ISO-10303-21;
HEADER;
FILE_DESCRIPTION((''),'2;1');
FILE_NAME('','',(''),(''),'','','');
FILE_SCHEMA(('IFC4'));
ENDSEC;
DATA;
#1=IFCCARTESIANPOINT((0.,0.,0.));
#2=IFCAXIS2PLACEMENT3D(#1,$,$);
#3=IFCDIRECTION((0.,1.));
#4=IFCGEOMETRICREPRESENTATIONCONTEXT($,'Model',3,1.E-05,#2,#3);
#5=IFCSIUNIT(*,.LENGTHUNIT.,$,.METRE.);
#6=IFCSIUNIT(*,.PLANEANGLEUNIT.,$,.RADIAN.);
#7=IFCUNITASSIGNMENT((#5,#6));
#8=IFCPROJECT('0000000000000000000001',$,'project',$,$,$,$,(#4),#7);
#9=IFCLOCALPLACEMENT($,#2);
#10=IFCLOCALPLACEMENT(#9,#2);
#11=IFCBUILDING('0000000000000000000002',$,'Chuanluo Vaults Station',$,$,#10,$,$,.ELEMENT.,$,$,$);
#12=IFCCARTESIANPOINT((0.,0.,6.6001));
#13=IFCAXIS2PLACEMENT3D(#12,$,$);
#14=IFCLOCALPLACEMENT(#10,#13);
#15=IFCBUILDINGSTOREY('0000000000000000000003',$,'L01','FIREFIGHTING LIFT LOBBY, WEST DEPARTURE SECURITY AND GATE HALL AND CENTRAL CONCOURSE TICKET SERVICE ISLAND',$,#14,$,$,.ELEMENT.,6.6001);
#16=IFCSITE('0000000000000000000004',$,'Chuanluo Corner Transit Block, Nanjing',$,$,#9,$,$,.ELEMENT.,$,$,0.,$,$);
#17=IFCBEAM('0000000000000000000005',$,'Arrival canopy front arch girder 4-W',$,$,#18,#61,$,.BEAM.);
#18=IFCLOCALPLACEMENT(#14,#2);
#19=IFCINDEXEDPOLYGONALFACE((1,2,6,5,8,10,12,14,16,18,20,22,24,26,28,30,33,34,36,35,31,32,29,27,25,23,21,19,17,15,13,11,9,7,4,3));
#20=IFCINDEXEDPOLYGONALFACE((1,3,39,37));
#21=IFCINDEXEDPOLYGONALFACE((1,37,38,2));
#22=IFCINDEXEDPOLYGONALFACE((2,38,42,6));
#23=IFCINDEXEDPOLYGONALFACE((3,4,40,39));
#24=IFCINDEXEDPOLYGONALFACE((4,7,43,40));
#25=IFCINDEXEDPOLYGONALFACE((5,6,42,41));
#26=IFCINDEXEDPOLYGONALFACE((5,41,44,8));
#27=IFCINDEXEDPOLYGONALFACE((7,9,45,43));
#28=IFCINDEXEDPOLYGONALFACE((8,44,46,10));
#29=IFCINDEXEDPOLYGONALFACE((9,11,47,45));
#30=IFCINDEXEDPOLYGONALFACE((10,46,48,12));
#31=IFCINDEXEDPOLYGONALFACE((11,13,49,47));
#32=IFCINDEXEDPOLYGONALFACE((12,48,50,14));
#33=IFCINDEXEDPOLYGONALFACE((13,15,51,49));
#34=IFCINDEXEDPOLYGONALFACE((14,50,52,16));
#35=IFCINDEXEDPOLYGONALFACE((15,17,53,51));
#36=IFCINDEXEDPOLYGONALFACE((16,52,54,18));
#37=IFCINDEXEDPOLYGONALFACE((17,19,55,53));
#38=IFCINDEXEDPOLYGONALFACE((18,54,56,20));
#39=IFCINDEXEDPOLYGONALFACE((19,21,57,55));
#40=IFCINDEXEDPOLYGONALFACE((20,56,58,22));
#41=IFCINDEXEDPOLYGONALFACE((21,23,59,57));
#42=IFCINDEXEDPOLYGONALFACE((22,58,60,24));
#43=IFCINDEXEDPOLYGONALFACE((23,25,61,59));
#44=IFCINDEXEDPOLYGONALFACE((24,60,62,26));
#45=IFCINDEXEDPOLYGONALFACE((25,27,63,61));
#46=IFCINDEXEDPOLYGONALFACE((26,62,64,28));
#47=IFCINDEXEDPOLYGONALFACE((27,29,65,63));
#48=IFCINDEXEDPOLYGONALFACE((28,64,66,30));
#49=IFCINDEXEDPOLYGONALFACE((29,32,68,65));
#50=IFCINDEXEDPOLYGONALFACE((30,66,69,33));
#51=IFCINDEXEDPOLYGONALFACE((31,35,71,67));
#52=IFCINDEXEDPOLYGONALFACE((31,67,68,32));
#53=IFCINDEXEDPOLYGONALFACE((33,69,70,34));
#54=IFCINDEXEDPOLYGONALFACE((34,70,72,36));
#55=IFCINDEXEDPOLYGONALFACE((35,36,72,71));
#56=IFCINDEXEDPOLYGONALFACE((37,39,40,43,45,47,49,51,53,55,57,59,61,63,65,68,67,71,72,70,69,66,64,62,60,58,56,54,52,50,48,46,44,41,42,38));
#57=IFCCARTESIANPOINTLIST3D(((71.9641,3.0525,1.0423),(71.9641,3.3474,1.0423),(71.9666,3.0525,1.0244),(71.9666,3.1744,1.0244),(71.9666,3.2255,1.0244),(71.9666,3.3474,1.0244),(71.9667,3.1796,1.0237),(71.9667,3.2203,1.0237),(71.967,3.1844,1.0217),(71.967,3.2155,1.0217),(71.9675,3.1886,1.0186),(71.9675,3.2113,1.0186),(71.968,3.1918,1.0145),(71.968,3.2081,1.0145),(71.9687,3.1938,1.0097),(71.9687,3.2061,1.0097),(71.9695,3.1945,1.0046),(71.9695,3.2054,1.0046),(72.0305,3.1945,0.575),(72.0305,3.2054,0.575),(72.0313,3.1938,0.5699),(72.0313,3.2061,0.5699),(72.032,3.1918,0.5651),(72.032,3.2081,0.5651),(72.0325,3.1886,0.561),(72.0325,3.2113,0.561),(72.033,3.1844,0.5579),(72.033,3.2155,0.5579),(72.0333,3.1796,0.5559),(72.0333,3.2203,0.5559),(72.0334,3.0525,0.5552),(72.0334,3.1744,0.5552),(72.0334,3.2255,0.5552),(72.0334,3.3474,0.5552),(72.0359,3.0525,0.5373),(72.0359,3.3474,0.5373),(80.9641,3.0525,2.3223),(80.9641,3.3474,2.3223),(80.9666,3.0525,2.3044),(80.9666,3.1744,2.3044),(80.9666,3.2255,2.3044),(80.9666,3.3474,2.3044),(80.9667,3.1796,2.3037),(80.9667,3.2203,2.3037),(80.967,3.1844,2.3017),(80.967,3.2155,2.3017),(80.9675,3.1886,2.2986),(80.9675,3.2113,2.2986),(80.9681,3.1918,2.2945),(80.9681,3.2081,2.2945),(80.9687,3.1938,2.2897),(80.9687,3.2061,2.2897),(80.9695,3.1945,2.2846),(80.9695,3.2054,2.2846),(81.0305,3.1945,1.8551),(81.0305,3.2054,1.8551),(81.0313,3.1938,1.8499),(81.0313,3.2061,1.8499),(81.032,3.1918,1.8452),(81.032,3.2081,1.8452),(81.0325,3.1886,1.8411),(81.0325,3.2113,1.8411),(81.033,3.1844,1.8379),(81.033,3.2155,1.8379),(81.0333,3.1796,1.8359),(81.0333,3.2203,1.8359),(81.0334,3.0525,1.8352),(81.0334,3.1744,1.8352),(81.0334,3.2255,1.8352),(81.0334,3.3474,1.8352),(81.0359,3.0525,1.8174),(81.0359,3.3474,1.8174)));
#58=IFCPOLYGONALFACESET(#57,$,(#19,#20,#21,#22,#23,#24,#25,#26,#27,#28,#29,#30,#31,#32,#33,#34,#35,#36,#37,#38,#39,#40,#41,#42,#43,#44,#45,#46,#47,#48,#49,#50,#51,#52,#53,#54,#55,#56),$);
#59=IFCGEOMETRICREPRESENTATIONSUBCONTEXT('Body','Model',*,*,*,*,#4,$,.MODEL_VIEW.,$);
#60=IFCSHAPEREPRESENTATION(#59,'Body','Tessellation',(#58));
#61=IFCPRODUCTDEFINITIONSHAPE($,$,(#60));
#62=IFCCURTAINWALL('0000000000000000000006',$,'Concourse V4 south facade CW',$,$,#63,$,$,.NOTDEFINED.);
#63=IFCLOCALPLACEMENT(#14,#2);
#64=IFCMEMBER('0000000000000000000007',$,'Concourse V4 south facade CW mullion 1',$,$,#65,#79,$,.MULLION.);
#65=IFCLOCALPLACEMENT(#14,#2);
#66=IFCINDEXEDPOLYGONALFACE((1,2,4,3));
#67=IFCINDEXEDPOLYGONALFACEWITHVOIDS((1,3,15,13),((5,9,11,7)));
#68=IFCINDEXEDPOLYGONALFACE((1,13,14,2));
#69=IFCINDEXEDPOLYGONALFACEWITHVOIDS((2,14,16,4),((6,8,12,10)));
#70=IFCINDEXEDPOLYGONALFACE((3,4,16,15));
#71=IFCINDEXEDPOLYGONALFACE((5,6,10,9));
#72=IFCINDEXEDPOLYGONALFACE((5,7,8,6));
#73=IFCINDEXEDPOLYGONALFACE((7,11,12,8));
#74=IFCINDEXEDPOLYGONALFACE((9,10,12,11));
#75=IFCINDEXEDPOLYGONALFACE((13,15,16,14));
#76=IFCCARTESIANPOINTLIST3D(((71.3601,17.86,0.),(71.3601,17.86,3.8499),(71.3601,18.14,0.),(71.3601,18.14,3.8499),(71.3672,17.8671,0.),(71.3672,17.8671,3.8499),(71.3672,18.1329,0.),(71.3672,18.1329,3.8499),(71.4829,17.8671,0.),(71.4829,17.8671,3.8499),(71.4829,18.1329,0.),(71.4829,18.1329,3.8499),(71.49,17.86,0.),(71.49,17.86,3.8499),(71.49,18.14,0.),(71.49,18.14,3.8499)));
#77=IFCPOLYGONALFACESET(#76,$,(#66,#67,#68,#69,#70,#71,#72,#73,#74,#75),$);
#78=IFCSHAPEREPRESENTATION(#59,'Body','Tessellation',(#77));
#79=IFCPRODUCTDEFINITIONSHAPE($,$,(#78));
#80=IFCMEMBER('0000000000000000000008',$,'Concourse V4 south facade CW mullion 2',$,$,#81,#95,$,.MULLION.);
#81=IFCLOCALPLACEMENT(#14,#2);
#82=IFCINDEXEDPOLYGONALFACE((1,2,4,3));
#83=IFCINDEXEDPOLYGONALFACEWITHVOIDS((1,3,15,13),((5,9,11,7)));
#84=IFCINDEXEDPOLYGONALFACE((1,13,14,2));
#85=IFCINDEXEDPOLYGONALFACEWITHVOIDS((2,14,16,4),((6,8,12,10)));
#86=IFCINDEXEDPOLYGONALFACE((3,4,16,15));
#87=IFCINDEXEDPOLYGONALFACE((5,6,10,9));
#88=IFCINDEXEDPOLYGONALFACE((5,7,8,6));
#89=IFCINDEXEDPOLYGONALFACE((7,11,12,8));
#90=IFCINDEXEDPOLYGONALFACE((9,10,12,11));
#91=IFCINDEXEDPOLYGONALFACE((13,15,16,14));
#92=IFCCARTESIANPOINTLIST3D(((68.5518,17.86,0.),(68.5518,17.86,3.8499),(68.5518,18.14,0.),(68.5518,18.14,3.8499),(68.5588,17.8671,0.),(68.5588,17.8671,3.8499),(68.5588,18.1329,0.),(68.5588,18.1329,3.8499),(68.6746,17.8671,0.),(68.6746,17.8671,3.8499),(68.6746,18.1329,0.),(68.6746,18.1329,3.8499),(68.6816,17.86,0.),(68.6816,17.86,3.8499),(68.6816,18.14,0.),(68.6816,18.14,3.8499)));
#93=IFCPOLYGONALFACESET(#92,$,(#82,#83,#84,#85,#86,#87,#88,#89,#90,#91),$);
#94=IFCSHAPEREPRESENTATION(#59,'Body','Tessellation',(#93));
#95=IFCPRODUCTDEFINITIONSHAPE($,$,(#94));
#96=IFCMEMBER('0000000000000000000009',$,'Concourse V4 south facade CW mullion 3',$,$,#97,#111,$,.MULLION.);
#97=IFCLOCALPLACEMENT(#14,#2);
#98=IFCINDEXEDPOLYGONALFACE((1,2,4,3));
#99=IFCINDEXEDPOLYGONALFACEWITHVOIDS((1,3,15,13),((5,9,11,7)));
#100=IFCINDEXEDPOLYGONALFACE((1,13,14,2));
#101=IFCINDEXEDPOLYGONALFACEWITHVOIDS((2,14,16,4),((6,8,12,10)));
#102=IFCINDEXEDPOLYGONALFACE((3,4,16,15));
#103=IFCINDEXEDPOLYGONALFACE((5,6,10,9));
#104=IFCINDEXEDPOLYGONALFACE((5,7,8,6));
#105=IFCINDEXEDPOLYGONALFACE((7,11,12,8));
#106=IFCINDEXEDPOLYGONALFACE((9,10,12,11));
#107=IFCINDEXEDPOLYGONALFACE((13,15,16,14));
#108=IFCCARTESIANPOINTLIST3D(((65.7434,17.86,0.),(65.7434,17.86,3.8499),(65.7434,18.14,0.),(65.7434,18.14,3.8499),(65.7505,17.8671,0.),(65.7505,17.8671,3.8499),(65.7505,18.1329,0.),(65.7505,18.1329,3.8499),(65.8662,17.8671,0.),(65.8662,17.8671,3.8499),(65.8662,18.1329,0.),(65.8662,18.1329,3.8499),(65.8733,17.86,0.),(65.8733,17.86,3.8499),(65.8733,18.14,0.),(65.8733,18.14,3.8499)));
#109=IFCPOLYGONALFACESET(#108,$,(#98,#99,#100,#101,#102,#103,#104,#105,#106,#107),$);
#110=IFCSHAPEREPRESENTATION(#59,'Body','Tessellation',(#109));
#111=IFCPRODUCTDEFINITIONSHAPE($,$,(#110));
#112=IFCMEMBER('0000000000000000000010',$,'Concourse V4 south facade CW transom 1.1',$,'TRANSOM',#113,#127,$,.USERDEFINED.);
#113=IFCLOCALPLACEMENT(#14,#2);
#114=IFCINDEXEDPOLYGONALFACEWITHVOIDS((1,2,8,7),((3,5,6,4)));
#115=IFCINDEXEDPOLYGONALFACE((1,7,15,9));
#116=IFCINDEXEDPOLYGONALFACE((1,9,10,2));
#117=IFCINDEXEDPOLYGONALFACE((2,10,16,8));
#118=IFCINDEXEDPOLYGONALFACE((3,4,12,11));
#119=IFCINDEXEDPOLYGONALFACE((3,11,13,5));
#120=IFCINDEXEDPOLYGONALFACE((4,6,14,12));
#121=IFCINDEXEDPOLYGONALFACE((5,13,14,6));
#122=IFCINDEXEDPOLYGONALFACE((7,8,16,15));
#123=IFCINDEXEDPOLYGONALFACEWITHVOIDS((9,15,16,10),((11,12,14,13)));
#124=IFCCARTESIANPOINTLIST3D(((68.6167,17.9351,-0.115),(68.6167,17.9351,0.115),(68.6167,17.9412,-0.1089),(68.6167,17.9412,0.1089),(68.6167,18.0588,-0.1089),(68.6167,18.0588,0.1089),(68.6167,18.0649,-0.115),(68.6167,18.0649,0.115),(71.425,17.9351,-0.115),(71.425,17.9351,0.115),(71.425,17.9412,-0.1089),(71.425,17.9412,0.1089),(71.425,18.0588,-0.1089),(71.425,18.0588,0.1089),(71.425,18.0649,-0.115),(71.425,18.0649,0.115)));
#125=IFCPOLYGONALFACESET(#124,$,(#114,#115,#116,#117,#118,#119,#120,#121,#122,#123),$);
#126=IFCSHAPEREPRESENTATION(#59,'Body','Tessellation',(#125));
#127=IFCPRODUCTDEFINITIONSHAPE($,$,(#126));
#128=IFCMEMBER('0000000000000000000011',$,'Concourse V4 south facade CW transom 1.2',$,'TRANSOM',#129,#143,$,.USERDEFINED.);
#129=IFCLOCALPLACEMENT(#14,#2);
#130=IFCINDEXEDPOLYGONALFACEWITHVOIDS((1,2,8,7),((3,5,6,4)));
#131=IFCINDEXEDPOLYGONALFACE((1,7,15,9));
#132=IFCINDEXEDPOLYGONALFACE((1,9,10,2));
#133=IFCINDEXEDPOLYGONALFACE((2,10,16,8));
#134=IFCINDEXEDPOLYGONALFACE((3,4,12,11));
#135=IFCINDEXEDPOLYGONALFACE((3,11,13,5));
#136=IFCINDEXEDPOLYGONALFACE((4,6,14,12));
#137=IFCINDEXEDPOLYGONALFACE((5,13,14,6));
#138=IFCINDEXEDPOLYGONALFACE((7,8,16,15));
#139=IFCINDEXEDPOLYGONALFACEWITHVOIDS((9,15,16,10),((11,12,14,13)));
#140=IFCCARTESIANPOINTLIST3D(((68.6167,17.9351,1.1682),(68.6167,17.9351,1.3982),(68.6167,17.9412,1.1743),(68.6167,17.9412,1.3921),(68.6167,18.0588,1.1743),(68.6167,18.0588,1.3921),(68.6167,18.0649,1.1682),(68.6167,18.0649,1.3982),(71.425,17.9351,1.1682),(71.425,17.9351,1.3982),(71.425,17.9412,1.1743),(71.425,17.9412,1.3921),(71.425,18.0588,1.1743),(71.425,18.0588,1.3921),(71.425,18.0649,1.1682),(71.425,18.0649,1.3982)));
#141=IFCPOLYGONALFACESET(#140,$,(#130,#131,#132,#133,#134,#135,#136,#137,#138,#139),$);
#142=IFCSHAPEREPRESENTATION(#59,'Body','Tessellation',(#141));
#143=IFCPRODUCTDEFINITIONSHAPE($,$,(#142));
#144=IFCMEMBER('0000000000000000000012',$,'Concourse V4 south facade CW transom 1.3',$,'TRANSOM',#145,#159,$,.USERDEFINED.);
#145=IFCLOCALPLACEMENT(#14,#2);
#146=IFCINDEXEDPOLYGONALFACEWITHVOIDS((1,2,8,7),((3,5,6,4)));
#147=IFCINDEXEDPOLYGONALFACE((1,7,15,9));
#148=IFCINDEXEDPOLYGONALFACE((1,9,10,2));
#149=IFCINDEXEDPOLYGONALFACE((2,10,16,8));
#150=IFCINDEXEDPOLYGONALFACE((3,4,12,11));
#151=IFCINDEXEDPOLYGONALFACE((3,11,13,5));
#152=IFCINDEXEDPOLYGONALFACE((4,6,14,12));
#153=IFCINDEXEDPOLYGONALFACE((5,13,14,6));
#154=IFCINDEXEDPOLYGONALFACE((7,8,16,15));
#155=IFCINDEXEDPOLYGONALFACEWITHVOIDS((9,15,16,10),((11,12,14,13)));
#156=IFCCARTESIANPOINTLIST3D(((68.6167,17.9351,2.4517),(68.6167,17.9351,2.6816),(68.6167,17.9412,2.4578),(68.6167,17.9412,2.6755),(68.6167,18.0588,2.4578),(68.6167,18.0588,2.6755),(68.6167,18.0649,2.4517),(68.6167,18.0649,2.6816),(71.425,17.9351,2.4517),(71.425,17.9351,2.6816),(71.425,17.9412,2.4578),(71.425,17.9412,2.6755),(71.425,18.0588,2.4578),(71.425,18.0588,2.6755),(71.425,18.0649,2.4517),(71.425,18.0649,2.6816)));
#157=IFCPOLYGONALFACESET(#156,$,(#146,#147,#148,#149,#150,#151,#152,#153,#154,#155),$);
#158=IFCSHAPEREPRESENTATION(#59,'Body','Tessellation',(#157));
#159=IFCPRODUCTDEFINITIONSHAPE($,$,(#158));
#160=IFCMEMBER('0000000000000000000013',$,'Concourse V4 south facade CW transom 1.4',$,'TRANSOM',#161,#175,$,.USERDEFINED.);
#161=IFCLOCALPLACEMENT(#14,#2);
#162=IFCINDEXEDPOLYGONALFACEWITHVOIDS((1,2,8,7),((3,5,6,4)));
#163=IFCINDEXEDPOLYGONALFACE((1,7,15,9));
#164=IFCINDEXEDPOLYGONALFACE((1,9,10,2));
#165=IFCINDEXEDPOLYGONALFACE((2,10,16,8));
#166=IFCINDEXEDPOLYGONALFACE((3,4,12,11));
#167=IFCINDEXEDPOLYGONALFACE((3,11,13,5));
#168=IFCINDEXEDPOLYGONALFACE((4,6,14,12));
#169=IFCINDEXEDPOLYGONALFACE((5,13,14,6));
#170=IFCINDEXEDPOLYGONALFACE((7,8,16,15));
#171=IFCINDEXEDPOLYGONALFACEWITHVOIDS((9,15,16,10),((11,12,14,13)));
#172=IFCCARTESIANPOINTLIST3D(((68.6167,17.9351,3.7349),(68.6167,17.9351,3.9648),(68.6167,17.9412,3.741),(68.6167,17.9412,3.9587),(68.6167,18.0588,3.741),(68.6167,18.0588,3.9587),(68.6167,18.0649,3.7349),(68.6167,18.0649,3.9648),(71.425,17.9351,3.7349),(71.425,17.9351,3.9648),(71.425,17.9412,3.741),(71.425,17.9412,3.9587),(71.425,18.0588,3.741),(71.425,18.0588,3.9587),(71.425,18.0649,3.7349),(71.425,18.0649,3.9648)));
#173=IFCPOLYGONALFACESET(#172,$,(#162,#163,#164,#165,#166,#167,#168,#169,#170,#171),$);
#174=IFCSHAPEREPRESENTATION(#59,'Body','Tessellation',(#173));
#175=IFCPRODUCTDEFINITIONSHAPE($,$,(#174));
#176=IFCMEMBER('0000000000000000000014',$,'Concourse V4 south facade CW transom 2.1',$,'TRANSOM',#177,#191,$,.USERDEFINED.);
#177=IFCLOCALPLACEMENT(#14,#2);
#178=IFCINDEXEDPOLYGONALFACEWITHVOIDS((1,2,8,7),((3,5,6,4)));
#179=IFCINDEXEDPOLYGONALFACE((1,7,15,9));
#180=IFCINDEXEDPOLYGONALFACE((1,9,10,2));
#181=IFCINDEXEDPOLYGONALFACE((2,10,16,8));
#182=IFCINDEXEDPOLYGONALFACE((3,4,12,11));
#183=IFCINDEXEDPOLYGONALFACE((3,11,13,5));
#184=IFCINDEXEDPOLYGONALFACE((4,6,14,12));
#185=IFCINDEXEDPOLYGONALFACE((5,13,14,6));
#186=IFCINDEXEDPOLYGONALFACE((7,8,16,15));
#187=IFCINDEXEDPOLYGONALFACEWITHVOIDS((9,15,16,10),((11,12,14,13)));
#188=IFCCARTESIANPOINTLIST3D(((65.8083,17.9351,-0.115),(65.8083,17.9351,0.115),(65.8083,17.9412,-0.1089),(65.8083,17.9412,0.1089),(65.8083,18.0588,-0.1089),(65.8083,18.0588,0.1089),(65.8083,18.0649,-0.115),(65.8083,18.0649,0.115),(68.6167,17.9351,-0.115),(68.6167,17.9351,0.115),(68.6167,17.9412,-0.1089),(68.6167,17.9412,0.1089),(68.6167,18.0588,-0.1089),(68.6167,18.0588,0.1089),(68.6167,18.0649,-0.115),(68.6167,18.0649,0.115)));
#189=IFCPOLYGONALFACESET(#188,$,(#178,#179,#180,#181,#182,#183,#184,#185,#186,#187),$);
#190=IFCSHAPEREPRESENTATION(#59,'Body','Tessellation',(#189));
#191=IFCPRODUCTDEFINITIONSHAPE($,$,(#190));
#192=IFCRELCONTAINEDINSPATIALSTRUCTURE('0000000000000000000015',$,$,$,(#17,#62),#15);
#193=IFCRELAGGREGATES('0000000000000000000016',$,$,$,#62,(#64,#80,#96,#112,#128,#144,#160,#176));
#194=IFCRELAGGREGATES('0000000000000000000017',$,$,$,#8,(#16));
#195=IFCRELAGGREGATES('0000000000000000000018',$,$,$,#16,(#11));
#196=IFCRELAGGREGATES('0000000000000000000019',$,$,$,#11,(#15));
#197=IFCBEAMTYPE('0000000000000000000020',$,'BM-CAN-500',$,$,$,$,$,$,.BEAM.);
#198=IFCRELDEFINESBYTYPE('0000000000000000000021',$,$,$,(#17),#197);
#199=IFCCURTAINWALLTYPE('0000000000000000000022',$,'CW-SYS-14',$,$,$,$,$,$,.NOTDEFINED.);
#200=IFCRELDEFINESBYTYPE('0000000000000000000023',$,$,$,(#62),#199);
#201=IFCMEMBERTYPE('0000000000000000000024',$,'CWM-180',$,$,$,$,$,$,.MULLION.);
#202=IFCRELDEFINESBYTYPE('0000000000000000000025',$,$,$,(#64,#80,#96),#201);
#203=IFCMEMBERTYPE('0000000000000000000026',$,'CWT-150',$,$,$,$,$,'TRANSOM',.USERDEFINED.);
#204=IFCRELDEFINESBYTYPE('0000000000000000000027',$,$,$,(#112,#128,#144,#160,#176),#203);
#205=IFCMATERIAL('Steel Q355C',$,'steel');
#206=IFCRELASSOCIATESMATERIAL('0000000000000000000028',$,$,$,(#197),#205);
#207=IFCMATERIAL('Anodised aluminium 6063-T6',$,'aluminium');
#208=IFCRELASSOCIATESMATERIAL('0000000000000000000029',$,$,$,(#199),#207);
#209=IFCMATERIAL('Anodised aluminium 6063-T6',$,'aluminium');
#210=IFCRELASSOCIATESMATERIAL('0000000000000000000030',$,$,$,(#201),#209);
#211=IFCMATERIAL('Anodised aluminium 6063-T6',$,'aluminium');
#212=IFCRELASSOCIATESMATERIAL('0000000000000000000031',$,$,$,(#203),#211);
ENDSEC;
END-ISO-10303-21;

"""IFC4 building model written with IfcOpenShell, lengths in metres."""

from ifc_helpers import new_model, si_unit, direction, frame, origin, origin_2d, place, context, subcontext, project, spatial, hollow_rectangle, i_section, extrude, material, material_profile, profile_set, type_object, element, aggregate, save


model = new_model("IFC4")

# Units and contexts
model_context = context("Model", 3, precision=1e-05, world=origin(), true_north=direction((0.0, 1.0)))
body_context = subcontext(model_context, "Body", "Model", "MODEL_VIEW")
ifc_project = project(units=[si_unit("LENGTHUNIT", "METRE"), si_unit("PLANEANGLEUNIT", "RADIAN")], contexts=[model_context])

# Site, building, storey
site_placement = place(None, origin())
site = spatial("IfcSite", under=ifc_project, at=site_placement, Name="Chuanluo Corner Transit Block, Nanjing", CompositionType="ELEMENT", RefElevation=0.0)
building_placement = place(site_placement, origin())
building = spatial("IfcBuilding", under=site, at=building_placement, Name="Chuanluo Vaults Station", CompositionType="ELEMENT")
storey_placement = place(building_placement, frame((0.0, 0.0, 6.6001)))
storey = spatial("IfcBuildingStorey", under=building, at=storey_placement, Name="L01", Description="FIREFIGHTING LIFT LOBBY, WEST DEPARTURE SECURITY AND GATE HALL AND CENTRAL CONCOURSE TICKET SERVICE ISLAND", CompositionType="ELEMENT", Elevation=6.6001)

# Beam
ifc_material_1 = material(Name="Steel Q355C", Category="steel")
ifc_material_profile_1 = material_profile(ifc_material_1, i_section(OverallWidth=0.2949, OverallDepth=0.51, WebThickness=0.011, FlangeThickness=0.0181, FilletRadius=0.02, at=origin_2d()))
ifc_profile_set_1 = profile_set([ifc_material_profile_1], Name="Steel Q355C")
beam_type = type_object("IfcBeamType", Name="BM-CAN-500", PredefinedType="BEAM", material=ifc_profile_set_1)
beam_placement = place(storey_placement, frame((72.0, 3.2, 0.7898), z_axis=(0.990037, 0.0, 0.140808), x_axis=(0.0, 1.0, 0.0)))
element("IfcBeam", 1, at=beam_placement, inside=storey, type_object=beam_type, Name="Arrival canopy front arch girder 4-W", PredefinedType="BEAM", context=body_context, shape_type="SweptSolid", body=[
    extrude(i_section(OverallWidth=0.2949, OverallDepth=0.51, WebThickness=0.011, FlangeThickness=0.0181, FilletRadius=0.02, at=origin_2d()), origin(), (0.0, 0.0, 1.0), 9.0906),
])

# Curtain wall, members
ifc_material_2 = material(Name="Anodised aluminium 6063-T6", Category="aluminium")
curtain_wall_type = type_object("IfcCurtainWallType", Name="CW-SYS-14", PredefinedType="NOTDEFINED", material=ifc_material_2)
curtain_wall_placement = place(storey_placement, origin())
curtain_wall = element("IfcCurtainWall", 2, at=curtain_wall_placement, inside=storey, type_object=curtain_wall_type, Name="Concourse V4 south facade CW", PredefinedType="NOTDEFINED")
ifc_material_3 = material(Name="Anodised aluminium 6063-T6", Category="aluminium")
ifc_material_profile_2 = material_profile(ifc_material_3, hollow_rectangle(XDim=0.1299, YDim=0.28, WallThickness=0.0071, at=origin_2d()))
ifc_profile_set_2 = profile_set([ifc_material_profile_2], Name="Anodised aluminium 6063-T6")
member_type_1 = type_object("IfcMemberType", Name="CWM-180", PredefinedType="MULLION", material=ifc_profile_set_2)
member_1_placement = place(storey_placement, frame((71.425, 18.0, 0.0), z_axis=(0.0, 0.0, 1.0), x_axis=(-1.0, 0.0, 0.0)))
member_1 = element("IfcMember", 3, at=member_1_placement, type_object=member_type_1, Name="Concourse V4 south facade CW mullion 1", PredefinedType="MULLION", context=body_context, shape_type="SweptSolid", body=[
    extrude(hollow_rectangle(XDim=0.1299, YDim=0.28, WallThickness=0.0071, at=origin_2d()), origin(), (0.0, 0.0, 1.0), 3.8499),
])
member_2_placement = place(storey_placement, frame((68.6167, 18.0, 0.0), z_axis=(0.0, 0.0, 1.0), x_axis=(-1.0, 0.0, 0.0)))
member_2 = element("IfcMember", 4, at=member_2_placement, type_object=member_type_1, Name="Concourse V4 south facade CW mullion 2", PredefinedType="MULLION", context=body_context, shape_type="SweptSolid", body=[
    extrude(hollow_rectangle(XDim=0.1299, YDim=0.28, WallThickness=0.0071, at=origin_2d()), origin(), (0.0, 0.0, 1.0), 3.8499),
])
member_3_placement = place(storey_placement, frame((65.8083, 18.0, 0.0), z_axis=(0.0, 0.0, 1.0), x_axis=(-1.0, 0.0, 0.0)))
member_3 = element("IfcMember", 5, at=member_3_placement, type_object=member_type_1, Name="Concourse V4 south facade CW mullion 3", PredefinedType="MULLION", context=body_context, shape_type="SweptSolid", body=[
    extrude(hollow_rectangle(XDim=0.1299, YDim=0.28, WallThickness=0.0071, at=origin_2d()), origin(), (0.0, 0.0, 1.0), 3.8499),
])
ifc_material_4 = material(Name="Anodised aluminium 6063-T6", Category="aluminium")
ifc_material_profile_3 = material_profile(ifc_material_4, hollow_rectangle(XDim=0.1299, YDim=0.23, WallThickness=0.0061, at=origin_2d()))
ifc_profile_set_3 = profile_set([ifc_material_profile_3], Name="Anodised aluminium 6063-T6")
member_type_2 = type_object("IfcMemberType", Name="CWT-150", ElementType="TRANSOM", PredefinedType="USERDEFINED", material=ifc_profile_set_3)
member_4_placement = place(storey_placement, frame((71.425, 18.0, 0.0), z_axis=(-1.0, 0.0, 0.0), x_axis=(0.0, -1.0, 0.0)))
member_4 = element("IfcMember", 6, at=member_4_placement, type_object=member_type_2, Name="Concourse V4 south facade CW transom 1.1", ObjectType="TRANSOM", PredefinedType="USERDEFINED", context=body_context, shape_type="SweptSolid", body=[
    extrude(hollow_rectangle(XDim=0.1299, YDim=0.23, WallThickness=0.0061, at=origin_2d()), origin(), (0.0, 0.0, 1.0), 2.8083),
])
member_5_placement = place(storey_placement, frame((71.425, 18.0, 1.2832), z_axis=(-1.0, 0.0, 0.0), x_axis=(0.0, -1.0, 0.0)))
member_5 = element("IfcMember", 7, at=member_5_placement, type_object=member_type_2, Name="Concourse V4 south facade CW transom 1.2", ObjectType="TRANSOM", PredefinedType="USERDEFINED", context=body_context, shape_type="SweptSolid", body=[
    extrude(hollow_rectangle(XDim=0.1299, YDim=0.23, WallThickness=0.0061, at=origin_2d()), origin(), (0.0, 0.0, 1.0), 2.8083),
])
member_6_placement = place(storey_placement, frame((71.425, 18.0, 2.5667), z_axis=(-1.0, 0.0, 0.0), x_axis=(0.0, -1.0, 0.0)))
member_6 = element("IfcMember", 8, at=member_6_placement, type_object=member_type_2, Name="Concourse V4 south facade CW transom 1.3", ObjectType="TRANSOM", PredefinedType="USERDEFINED", context=body_context, shape_type="SweptSolid", body=[
    extrude(hollow_rectangle(XDim=0.1299, YDim=0.23, WallThickness=0.0061, at=origin_2d()), origin(), (0.0, 0.0, 1.0), 2.8083),
])
member_7_placement = place(storey_placement, frame((71.425, 18.0, 3.8499), z_axis=(-1.0, 0.0, 0.0), x_axis=(0.0, -1.0, 0.0)))
member_7 = element("IfcMember", 9, at=member_7_placement, type_object=member_type_2, Name="Concourse V4 south facade CW transom 1.4", ObjectType="TRANSOM", PredefinedType="USERDEFINED", context=body_context, shape_type="SweptSolid", body=[
    extrude(hollow_rectangle(XDim=0.1299, YDim=0.23, WallThickness=0.0061, at=origin_2d()), origin(), (0.0, 0.0, 1.0), 2.8083),
])
member_8_placement = place(storey_placement, frame((68.6167, 18.0, 0.0), z_axis=(-1.0, 0.0, 0.0), x_axis=(0.0, -1.0, 0.0)))
member_8 = element("IfcMember", 10, at=member_8_placement, type_object=member_type_2, Name="Concourse V4 south facade CW transom 2.1", ObjectType="TRANSOM", PredefinedType="USERDEFINED", context=body_context, shape_type="SweptSolid", body=[
    extrude(hollow_rectangle(XDim=0.1299, YDim=0.23, WallThickness=0.0061, at=origin_2d()), origin(), (0.0, 0.0, 1.0), 2.8083),
])

aggregate(curtain_wall, [member_1, member_2, member_3, member_4, member_5, member_6, member_7, member_8])

save(model, "model.ifc")
